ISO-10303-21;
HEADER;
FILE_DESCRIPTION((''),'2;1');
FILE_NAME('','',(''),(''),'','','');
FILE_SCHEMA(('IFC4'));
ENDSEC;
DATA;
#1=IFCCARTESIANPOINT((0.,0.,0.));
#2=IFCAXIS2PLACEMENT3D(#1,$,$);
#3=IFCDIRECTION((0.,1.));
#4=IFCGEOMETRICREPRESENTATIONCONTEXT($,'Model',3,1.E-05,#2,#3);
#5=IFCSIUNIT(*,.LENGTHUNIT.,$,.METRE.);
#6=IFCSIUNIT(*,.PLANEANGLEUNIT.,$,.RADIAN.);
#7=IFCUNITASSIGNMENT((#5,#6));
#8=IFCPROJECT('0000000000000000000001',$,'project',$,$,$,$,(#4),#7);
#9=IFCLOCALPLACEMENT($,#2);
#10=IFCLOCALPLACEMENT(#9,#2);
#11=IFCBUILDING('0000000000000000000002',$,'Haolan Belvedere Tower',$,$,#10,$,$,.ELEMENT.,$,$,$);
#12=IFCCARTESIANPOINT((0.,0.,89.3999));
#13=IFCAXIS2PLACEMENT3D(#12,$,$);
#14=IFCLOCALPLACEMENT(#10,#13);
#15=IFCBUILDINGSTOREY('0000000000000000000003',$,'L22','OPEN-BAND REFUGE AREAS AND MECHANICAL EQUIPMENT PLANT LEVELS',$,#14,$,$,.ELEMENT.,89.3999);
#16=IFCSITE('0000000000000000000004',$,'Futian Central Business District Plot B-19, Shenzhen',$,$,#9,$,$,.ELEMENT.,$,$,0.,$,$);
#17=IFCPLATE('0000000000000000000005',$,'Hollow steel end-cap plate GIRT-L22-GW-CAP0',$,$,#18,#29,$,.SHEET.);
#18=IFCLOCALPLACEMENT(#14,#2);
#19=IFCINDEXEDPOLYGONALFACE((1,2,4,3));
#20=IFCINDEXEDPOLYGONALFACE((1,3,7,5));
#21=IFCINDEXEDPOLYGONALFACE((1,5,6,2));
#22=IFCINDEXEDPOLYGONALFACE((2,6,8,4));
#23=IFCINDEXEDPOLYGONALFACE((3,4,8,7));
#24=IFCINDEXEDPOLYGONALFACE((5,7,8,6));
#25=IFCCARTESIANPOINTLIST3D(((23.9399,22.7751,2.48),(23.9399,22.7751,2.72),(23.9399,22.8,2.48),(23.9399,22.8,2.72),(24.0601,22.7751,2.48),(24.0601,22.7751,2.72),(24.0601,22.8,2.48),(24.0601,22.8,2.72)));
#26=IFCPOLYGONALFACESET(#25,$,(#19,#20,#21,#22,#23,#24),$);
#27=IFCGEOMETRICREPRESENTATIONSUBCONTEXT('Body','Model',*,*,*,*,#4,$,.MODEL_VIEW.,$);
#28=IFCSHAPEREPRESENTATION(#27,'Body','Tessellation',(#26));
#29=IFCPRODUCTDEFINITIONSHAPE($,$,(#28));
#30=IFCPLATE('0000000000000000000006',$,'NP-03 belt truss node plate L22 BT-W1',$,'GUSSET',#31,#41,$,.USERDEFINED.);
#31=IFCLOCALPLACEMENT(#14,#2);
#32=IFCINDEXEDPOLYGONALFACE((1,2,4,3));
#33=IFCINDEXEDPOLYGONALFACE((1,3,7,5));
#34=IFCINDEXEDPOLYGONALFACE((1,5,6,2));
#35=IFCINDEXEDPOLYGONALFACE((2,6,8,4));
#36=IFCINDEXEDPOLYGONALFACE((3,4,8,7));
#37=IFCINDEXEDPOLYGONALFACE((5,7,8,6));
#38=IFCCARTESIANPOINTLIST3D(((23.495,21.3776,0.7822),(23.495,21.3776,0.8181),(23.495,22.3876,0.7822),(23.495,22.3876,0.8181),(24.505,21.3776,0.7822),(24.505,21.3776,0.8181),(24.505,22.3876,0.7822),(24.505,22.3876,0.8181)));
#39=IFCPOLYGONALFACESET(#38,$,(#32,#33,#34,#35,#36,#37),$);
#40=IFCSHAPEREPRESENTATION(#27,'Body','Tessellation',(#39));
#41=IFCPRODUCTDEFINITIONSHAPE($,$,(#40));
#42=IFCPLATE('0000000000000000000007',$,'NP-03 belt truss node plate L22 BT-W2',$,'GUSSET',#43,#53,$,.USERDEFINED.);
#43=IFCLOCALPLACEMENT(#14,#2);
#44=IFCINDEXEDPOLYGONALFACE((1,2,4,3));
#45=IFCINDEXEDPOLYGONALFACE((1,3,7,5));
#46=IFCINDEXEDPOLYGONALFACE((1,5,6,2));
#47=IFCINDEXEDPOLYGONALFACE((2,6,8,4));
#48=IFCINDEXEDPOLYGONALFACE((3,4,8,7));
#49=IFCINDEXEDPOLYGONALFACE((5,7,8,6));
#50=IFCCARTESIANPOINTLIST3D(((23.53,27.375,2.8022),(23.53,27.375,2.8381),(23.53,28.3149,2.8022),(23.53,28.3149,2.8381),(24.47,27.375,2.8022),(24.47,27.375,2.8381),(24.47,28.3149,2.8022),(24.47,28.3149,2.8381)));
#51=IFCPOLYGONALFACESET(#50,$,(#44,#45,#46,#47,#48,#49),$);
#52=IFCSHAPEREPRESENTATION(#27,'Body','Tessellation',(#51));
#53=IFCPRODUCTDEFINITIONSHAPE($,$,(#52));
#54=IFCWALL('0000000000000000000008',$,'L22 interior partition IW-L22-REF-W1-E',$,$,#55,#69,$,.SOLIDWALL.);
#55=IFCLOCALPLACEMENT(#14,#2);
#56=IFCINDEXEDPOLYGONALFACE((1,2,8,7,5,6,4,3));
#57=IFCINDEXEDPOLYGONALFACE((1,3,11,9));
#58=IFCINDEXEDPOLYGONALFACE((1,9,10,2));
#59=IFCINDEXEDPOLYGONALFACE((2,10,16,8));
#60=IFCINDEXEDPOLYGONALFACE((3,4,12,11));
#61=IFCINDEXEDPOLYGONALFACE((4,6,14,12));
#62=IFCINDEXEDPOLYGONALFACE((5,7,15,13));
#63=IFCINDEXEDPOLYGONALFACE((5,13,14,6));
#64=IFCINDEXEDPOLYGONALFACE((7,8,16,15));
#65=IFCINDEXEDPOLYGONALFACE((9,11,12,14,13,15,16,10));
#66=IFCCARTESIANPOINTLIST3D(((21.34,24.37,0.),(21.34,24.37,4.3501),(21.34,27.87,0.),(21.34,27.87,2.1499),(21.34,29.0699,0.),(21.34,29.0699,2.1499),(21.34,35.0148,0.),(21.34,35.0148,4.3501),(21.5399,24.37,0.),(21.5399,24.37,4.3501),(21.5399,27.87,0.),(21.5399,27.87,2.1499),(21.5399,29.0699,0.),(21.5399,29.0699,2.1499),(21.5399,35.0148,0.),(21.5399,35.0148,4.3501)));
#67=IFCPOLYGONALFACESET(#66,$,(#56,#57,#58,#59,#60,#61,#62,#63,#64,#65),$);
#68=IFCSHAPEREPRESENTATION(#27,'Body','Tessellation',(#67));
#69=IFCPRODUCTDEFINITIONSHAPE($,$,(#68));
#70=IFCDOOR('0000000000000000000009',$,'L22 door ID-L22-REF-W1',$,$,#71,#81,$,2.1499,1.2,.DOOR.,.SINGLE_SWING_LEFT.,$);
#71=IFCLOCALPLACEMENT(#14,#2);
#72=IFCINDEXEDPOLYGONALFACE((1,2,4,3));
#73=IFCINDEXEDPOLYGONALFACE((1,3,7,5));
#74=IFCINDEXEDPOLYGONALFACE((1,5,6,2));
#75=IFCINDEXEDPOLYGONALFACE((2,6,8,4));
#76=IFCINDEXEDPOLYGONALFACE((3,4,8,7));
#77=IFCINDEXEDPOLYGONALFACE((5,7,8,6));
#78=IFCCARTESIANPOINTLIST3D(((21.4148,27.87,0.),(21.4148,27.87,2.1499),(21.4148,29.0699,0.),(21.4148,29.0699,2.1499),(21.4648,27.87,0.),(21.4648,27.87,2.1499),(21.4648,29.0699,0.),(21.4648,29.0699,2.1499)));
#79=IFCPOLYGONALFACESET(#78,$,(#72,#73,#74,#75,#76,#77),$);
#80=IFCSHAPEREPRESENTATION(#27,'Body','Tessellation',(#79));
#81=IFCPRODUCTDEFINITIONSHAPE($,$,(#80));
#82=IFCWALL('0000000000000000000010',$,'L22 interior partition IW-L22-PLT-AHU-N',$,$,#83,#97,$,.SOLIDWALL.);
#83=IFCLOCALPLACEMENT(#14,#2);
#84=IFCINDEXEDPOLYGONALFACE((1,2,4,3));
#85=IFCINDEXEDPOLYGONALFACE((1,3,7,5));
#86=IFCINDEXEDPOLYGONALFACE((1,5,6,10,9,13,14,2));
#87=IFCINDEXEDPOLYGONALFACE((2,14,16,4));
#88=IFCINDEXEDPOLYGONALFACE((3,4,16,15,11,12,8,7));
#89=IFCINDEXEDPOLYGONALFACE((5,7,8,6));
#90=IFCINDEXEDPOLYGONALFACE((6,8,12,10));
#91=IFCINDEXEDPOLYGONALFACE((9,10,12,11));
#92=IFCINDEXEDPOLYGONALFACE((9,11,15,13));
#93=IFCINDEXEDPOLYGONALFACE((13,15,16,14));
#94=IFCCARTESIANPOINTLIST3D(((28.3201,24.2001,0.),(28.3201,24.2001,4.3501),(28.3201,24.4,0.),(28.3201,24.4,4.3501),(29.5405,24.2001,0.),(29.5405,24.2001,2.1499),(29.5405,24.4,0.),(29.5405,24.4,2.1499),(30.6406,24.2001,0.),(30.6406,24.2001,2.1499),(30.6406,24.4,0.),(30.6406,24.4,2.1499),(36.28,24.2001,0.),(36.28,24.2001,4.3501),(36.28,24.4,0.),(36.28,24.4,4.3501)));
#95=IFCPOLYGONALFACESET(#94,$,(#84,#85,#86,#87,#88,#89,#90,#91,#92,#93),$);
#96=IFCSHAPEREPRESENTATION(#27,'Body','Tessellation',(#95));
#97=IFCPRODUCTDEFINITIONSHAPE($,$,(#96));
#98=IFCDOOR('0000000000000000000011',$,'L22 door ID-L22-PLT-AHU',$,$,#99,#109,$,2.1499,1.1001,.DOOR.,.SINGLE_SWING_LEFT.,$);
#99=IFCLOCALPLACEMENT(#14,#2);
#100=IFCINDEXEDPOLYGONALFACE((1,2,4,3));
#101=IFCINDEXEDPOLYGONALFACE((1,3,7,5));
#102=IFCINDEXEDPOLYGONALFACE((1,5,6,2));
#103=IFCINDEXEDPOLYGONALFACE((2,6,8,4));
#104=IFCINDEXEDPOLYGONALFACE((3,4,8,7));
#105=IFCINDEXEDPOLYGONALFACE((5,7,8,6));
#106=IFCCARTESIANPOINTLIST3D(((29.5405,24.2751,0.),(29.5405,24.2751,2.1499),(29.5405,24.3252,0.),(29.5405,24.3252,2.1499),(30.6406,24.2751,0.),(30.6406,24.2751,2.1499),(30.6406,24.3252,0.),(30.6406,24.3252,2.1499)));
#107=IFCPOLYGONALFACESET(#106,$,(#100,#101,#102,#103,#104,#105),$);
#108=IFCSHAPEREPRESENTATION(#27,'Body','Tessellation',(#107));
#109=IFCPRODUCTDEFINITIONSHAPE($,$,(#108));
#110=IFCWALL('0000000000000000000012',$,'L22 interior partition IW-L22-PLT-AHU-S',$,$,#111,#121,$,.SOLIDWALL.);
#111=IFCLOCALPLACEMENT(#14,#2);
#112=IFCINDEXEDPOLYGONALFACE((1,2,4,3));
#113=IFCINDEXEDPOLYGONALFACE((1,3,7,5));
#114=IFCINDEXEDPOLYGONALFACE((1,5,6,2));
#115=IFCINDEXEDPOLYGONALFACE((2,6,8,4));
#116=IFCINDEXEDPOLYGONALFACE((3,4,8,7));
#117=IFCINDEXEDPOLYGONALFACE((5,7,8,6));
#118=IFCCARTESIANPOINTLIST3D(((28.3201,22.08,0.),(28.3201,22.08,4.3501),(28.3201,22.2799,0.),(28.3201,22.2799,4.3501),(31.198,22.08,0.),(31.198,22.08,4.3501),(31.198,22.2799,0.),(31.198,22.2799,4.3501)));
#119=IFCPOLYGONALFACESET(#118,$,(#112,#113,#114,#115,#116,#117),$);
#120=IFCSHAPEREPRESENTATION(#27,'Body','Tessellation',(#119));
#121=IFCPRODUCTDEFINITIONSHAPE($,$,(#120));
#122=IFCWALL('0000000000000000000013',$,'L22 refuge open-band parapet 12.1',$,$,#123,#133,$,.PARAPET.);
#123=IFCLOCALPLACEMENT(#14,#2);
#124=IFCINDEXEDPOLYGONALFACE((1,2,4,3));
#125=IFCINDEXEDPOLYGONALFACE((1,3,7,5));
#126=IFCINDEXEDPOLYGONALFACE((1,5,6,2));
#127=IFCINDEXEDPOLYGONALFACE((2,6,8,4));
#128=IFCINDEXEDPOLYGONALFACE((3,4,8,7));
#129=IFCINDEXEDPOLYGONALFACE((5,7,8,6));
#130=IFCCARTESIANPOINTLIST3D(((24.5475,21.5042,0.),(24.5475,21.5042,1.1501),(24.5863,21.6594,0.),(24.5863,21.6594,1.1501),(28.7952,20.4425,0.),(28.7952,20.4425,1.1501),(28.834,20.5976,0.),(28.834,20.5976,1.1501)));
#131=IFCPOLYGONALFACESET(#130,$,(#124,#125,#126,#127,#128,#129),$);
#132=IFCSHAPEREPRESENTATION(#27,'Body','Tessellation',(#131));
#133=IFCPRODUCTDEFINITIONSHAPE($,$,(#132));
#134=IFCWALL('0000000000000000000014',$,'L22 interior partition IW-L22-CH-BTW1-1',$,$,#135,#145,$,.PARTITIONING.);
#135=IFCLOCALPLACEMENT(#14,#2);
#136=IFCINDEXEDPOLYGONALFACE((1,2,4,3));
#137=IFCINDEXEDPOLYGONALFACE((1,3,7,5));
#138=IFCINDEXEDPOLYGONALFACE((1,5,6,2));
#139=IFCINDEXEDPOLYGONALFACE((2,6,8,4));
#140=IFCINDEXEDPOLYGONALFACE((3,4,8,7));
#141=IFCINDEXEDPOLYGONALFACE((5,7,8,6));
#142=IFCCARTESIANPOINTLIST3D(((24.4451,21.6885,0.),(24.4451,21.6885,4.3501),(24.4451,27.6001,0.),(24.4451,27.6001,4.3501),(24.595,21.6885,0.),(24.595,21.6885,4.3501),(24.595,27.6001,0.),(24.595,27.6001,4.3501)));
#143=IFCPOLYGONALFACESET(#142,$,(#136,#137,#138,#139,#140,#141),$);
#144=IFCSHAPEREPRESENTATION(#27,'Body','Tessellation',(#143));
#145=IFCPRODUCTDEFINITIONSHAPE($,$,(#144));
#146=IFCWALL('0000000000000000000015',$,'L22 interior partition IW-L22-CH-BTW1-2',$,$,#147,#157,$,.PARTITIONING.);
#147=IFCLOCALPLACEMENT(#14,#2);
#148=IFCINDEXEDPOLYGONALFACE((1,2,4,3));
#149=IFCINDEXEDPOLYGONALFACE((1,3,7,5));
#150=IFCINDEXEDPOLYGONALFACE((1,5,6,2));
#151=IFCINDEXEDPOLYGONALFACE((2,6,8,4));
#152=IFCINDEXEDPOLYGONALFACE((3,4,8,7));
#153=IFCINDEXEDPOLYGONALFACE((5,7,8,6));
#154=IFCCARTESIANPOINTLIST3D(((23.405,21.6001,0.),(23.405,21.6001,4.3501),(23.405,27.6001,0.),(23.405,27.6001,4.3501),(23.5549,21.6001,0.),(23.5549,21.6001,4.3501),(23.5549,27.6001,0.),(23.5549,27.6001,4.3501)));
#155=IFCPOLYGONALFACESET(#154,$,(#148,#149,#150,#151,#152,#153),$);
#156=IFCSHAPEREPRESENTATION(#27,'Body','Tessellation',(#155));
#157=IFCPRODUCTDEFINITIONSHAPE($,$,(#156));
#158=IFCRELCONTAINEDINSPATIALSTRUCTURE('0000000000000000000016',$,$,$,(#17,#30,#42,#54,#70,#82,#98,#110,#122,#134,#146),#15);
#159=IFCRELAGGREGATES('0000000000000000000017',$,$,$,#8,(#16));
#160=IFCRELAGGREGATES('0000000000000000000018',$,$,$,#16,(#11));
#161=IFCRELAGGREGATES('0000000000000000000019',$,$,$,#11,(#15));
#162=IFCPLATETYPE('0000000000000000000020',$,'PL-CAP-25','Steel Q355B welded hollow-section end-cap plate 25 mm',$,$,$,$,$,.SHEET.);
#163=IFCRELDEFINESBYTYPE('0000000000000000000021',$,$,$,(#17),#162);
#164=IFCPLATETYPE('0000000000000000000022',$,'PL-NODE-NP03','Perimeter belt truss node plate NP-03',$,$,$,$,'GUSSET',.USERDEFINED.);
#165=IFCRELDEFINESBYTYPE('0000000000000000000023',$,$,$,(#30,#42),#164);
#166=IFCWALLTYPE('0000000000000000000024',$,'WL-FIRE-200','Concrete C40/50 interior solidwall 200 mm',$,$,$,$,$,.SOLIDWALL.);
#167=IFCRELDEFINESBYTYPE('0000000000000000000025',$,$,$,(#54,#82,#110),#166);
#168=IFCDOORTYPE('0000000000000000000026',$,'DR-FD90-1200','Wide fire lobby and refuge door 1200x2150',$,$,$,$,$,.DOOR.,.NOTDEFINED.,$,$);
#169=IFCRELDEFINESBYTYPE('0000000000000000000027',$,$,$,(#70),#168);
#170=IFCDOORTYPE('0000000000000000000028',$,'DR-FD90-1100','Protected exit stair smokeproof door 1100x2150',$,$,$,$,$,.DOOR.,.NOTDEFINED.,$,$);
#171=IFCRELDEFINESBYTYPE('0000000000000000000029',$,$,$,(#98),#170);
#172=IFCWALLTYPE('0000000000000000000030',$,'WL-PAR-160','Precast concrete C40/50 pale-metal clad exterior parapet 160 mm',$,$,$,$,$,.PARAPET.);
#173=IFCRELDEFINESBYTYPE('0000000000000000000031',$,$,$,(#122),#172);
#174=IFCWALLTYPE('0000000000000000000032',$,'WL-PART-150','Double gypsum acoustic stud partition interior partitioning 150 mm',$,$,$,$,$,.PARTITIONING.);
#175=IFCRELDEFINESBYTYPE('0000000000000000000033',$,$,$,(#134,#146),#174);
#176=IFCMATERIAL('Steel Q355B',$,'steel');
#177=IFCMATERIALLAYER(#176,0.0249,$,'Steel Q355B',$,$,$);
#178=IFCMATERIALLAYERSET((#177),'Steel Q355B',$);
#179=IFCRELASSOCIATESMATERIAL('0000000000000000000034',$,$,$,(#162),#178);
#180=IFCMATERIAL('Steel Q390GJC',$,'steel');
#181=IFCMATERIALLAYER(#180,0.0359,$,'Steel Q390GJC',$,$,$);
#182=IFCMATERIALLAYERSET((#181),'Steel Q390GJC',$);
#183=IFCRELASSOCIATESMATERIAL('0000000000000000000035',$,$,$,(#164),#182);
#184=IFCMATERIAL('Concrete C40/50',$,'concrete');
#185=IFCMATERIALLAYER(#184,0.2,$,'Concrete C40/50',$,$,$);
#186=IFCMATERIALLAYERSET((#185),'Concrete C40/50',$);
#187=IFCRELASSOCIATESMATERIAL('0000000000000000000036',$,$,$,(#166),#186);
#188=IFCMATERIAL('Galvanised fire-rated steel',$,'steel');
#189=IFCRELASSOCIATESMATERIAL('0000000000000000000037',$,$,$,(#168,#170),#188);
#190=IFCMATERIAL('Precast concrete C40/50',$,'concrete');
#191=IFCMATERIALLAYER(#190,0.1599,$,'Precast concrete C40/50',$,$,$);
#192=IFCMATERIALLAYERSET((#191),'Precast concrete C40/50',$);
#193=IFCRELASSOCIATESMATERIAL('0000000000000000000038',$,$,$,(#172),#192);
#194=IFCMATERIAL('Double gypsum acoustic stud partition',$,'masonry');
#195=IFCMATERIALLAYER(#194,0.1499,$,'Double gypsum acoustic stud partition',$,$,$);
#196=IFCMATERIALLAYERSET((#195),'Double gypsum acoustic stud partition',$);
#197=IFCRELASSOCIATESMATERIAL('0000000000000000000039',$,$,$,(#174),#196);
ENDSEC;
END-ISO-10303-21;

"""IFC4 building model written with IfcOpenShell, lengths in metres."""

from ifc_helpers import new_model, si_unit, direction, frame, frame_2d, origin, origin_2d, place, context, subcontext, project, spatial, rectangle, extrude, material, layer, layer_set, type_object, element, fill, save


model = new_model("IFC4")

# Units and contexts
model_context = context("Model", 3, precision=1e-05, world=origin(), true_north=direction((0.0, 1.0)))
body_context = subcontext(model_context, "Body", "Model", "MODEL_VIEW")
ifc_project = project(units=[si_unit("LENGTHUNIT", "METRE"), si_unit("PLANEANGLEUNIT", "RADIAN")], contexts=[model_context])

# Site, building, storey
site_placement = place(None, origin())
site = spatial("IfcSite", under=ifc_project, at=site_placement, Name="Futian Central Business District Plot B-19, Shenzhen", CompositionType="ELEMENT", RefElevation=0.0)
building_placement = place(site_placement, origin())
building = spatial("IfcBuilding", under=site, at=building_placement, Name="Haolan Belvedere Tower", CompositionType="ELEMENT")
storey_placement = place(building_placement, frame((0.0, 0.0, 89.3999)))
storey = spatial("IfcBuildingStorey", under=building, at=storey_placement, Name="L22", Description="OPEN-BAND REFUGE AREAS AND MECHANICAL EQUIPMENT PLANT LEVELS", CompositionType="ELEMENT", Elevation=89.3999)

# Shared definitions
ifc_material_1 = material(Name="Steel Q355B", Category="steel")

# Shared definitions
ifc_material_2 = material(Name="Steel Q390GJC", Category="steel")

# Plates
ifc_layer_1 = layer(ifc_material_1, 0.0249, Name="Steel Q355B")
ifc_layer_set_1 = layer_set([ifc_layer_1], Name="Steel Q355B")
plate_type_1 = type_object("IfcPlateType", Name="PL-CAP-25", Description="Steel Q355B welded hollow-section end-cap plate 25 mm", PredefinedType="SHEET", material=ifc_layer_set_1)
plate_1_placement = place(storey_placement, frame((24.0, 22.7876, 2.48), z_axis=(0.0, 0.0, 1.0), x_axis=(1.0, 0.0, 0.0)))
element("IfcPlate", 1, at=plate_1_placement, inside=storey, type_object=plate_type_1, Name="Hollow steel end-cap plate GIRT-L22-GW-CAP0", PredefinedType="SHEET", context=body_context, shape_type="SweptSolid", body=[
    extrude(rectangle(XDim=0.1201, YDim=0.0249, at=origin_2d()), origin(), (0.0, 0.0, 1.0), 0.24),
])
ifc_layer_2 = layer(ifc_material_2, 0.0359, Name="Steel Q390GJC")
ifc_layer_set_2 = layer_set([ifc_layer_2], Name="Steel Q390GJC")
plate_type_2 = type_object("IfcPlateType", Name="PL-NODE-NP03", Description="Perimeter belt truss node plate NP-03", ElementType="GUSSET", PredefinedType="USERDEFINED", material=ifc_layer_set_2)
plate_2_placement = place(storey_placement, frame((24.0, 21.8826, 0.7822), z_axis=(0.0, 0.0, 1.0), x_axis=(1.0, 0.0, 0.0)))
element("IfcPlate", 2, at=plate_2_placement, inside=storey, type_object=plate_type_2, Name="NP-03 belt truss node plate L22 BT-W1", ObjectType="GUSSET", PredefinedType="USERDEFINED", context=body_context, shape_type="SweptSolid", body=[
    extrude(rectangle(XDim=1.01, YDim=1.01, at=origin_2d()), origin(), (0.0, 0.0, 1.0), 0.0359),
])
plate_3_placement = place(storey_placement, frame((24.0, 27.845, 2.8022), z_axis=(0.0, 0.0, 1.0), x_axis=(1.0, 0.0, 0.0)))
element("IfcPlate", 3, at=plate_3_placement, inside=storey, type_object=plate_type_2, Name="NP-03 belt truss node plate L22 BT-W2", ObjectType="GUSSET", PredefinedType="USERDEFINED", context=body_context, shape_type="SweptSolid", body=[
    extrude(rectangle(XDim=0.9399, YDim=0.9399, at=origin_2d()), origin(), (0.0, 0.0, 1.0), 0.0359),
])

# Walls, openings, doors
ifc_material_3 = material(Name="Concrete C40/50", Category="concrete")
ifc_layer_3 = layer(ifc_material_3, 0.2, Name="Concrete C40/50")
ifc_layer_set_3 = layer_set([ifc_layer_3], Name="Concrete C40/50")
wall_type_1 = type_object("IfcWallType", Name="WL-FIRE-200", Description="Concrete C40/50 interior solidwall 200 mm", PredefinedType="SOLIDWALL", material=ifc_layer_set_3)
wall_1_placement = place(storey_placement, frame((21.4399, 24.3701, 0.0), z_axis=(0.0, 0.0, 1.0), x_axis=(0.0, 1.0, 0.0)))
wall_1 = element("IfcWall", 4, at=wall_1_placement, inside=storey, type_object=wall_type_1, Name="L22 interior partition IW-L22-REF-W1-E", PredefinedType="SOLIDWALL", context=body_context, shape_type="SweptSolid", body=[
    extrude(rectangle(XDim=10.6448, YDim=0.2, at=frame_2d((5.3223, 0.0))), origin(), (0.0, 0.0, 1.0), 4.3501),
])
opening_1_placement = place(wall_1_placement, frame((4.7, 0.0, 0.0), z_axis=(0.0, 0.0, 1.0), x_axis=(-1.0, 0.0, 0.0)))
opening_1 = element("IfcOpeningElement", 5, at=opening_1_placement, cuts=wall_1, PredefinedType="OPENING", context=body_context, shape_type="SweptSolid", body=[
    extrude(rectangle(XDim=1.2, YDim=2.1499, at=frame_2d((0.6001, 1.075))), frame((0.0, 0.1099, 0.0), z_axis=(0.0, -1.0, 0.0), x_axis=(1.0, 0.0, 0.0)), (0.0, 0.0, 1.0), 0.22),
])
ifc_material_4 = material(Name="Galvanised fire-rated steel", Category="steel")
door_type_1 = type_object("IfcDoorType", Name="DR-FD90-1200", Description="Wide fire lobby and refuge door 1200x2150", OperationType="NOTDEFINED", PredefinedType="DOOR", material=ifc_material_4)
door_1_placement = place(opening_1_placement, origin())
door_1 = element("IfcDoor", 6, at=door_1_placement, inside=storey, type_object=door_type_1, Name="L22 door ID-L22-REF-W1", OperationType="SINGLE_SWING_LEFT", OverallHeight=2.1499, OverallWidth=1.2, PredefinedType="DOOR", context=body_context, shape_type="SweptSolid", body=[
    extrude(rectangle(XDim=1.2, YDim=2.1499, at=frame_2d((0.6001, 1.075))), frame((0.0, 0.0249, 0.0), z_axis=(0.0, -1.0, 0.0), x_axis=(1.0, 0.0, 0.0)), (0.0, 0.0, 1.0), 0.05),
])
fill(opening_1, door_1)
wall_2_placement = place(storey_placement, frame((28.3201, 24.3, 0.0), z_axis=(0.0, 0.0, 1.0), x_axis=(1.0, 0.0, 0.0)))
wall_2 = element("IfcWall", 7, at=wall_2_placement, inside=storey, type_object=wall_type_1, Name="L22 interior partition IW-L22-PLT-AHU-N", PredefinedType="SOLIDWALL", context=body_context, shape_type="SweptSolid", body=[
    extrude(rectangle(XDim=7.96, YDim=0.2, at=frame_2d((3.98, 0.0))), origin(), (0.0, 0.0, 1.0), 4.3501),
])
opening_2_placement = place(wall_2_placement, frame((2.3206, 0.0, 0.0), z_axis=(0.0, 0.0, 1.0), x_axis=(-1.0, 0.0, 0.0)))
opening_2 = element("IfcOpeningElement", 8, at=opening_2_placement, cuts=wall_2, PredefinedType="OPENING", context=body_context, shape_type="SweptSolid", body=[
    extrude(rectangle(XDim=1.1001, YDim=2.1499, at=frame_2d((0.55, 1.075))), frame((0.0, 0.1099, 0.0), z_axis=(0.0, -1.0, 0.0), x_axis=(1.0, 0.0, 0.0)), (0.0, 0.0, 1.0), 0.22),
])
door_type_2 = type_object("IfcDoorType", Name="DR-FD90-1100", Description="Protected exit stair smokeproof door 1100x2150", OperationType="NOTDEFINED", PredefinedType="DOOR", material=ifc_material_4)
door_2_placement = place(opening_2_placement, origin())
door_2 = element("IfcDoor", 9, at=door_2_placement, inside=storey, type_object=door_type_2, Name="L22 door ID-L22-PLT-AHU", OperationType="SINGLE_SWING_LEFT", OverallHeight=2.1499, OverallWidth=1.1001, PredefinedType="DOOR", context=body_context, shape_type="SweptSolid", body=[
    extrude(rectangle(XDim=1.1001, YDim=2.1499, at=frame_2d((0.55, 1.075))), frame((0.0, 0.0249, 0.0), z_axis=(0.0, -1.0, 0.0), x_axis=(1.0, 0.0, 0.0)), (0.0, 0.0, 1.0), 0.05),
])
fill(opening_2, door_2)

# Wall
wall_3_placement = place(storey_placement, frame((28.3201, 22.1799, 0.0), z_axis=(0.0, 0.0, 1.0), x_axis=(1.0, 0.0, 0.0)))
element("IfcWall", 10, at=wall_3_placement, inside=storey, type_object=wall_type_1, Name="L22 interior partition IW-L22-PLT-AHU-S", PredefinedType="SOLIDWALL", context=body_context, shape_type="SweptSolid", body=[
    extrude(rectangle(XDim=2.8779, YDim=0.2, at=frame_2d((1.439, 0.0))), origin(), (0.0, 0.0, 1.0), 4.3501),
])

# Walls
ifc_material_5 = material(Name="Precast concrete C40/50", Category="concrete")
ifc_layer_4 = layer(ifc_material_5, 0.1599, Name="Precast concrete C40/50")
ifc_layer_set_4 = layer_set([ifc_layer_4], Name="Precast concrete C40/50")
wall_type_2 = type_object("IfcWallType", Name="WL-PAR-160", Description="Precast concrete C40/50 pale-metal clad exterior parapet 160 mm", PredefinedType="PARAPET", material=ifc_layer_set_4)
wall_4_placement = place(storey_placement, frame((24.5669, 21.5818, 0.0), z_axis=(0.0, 0.0, 1.0), x_axis=(0.970152, -0.242496, 0.0)))
element("IfcWall", 11, at=wall_4_placement, inside=storey, type_object=wall_type_2, Name="L22 refuge open-band parapet 12.1", PredefinedType="PARAPET", context=body_context, shape_type="SweptSolid", body=[
    extrude(rectangle(XDim=4.3784, YDim=0.1599, at=frame_2d((2.1892, 0.0))), origin(), (0.0, 0.0, 1.0), 1.1501),
])
ifc_material_6 = material(Name="Double gypsum acoustic stud partition", Category="masonry")
ifc_layer_5 = layer(ifc_material_6, 0.1499, Name="Double gypsum acoustic stud partition")
ifc_layer_set_5 = layer_set([ifc_layer_5], Name="Double gypsum acoustic stud partition")
wall_type_3 = type_object("IfcWallType", Name="WL-PART-150", Description="Double gypsum acoustic stud partition interior partitioning 150 mm", PredefinedType="PARTITIONING", material=ifc_layer_set_5)
wall_5_placement = place(storey_placement, frame((24.52, 21.6885, 0.0), z_axis=(0.0, 0.0, 1.0), x_axis=(0.0, 1.0, 0.0)))
element("IfcWall", 12, at=wall_5_placement, inside=storey, type_object=wall_type_3, Name="L22 interior partition IW-L22-CH-BTW1-1", PredefinedType="PARTITIONING", context=body_context, shape_type="SweptSolid", body=[
    extrude(rectangle(XDim=5.9116, YDim=0.1499, at=frame_2d((2.9558, 0.0))), origin(), (0.0, 0.0, 1.0), 4.3501),
])
wall_6_placement = place(storey_placement, frame((23.48, 21.6001, 0.0), z_axis=(0.0, 0.0, 1.0), x_axis=(0.0, 1.0, 0.0)))
element("IfcWall", 13, at=wall_6_placement, inside=storey, type_object=wall_type_3, Name="L22 interior partition IW-L22-CH-BTW1-2", PredefinedType="PARTITIONING", context=body_context, shape_type="SweptSolid", body=[
    extrude(rectangle(XDim=6.0, YDim=0.1499, at=frame_2d((3.0, 0.0))), origin(), (0.0, 0.0, 1.0), 4.3501),
])

save(model, "model.ifc")
